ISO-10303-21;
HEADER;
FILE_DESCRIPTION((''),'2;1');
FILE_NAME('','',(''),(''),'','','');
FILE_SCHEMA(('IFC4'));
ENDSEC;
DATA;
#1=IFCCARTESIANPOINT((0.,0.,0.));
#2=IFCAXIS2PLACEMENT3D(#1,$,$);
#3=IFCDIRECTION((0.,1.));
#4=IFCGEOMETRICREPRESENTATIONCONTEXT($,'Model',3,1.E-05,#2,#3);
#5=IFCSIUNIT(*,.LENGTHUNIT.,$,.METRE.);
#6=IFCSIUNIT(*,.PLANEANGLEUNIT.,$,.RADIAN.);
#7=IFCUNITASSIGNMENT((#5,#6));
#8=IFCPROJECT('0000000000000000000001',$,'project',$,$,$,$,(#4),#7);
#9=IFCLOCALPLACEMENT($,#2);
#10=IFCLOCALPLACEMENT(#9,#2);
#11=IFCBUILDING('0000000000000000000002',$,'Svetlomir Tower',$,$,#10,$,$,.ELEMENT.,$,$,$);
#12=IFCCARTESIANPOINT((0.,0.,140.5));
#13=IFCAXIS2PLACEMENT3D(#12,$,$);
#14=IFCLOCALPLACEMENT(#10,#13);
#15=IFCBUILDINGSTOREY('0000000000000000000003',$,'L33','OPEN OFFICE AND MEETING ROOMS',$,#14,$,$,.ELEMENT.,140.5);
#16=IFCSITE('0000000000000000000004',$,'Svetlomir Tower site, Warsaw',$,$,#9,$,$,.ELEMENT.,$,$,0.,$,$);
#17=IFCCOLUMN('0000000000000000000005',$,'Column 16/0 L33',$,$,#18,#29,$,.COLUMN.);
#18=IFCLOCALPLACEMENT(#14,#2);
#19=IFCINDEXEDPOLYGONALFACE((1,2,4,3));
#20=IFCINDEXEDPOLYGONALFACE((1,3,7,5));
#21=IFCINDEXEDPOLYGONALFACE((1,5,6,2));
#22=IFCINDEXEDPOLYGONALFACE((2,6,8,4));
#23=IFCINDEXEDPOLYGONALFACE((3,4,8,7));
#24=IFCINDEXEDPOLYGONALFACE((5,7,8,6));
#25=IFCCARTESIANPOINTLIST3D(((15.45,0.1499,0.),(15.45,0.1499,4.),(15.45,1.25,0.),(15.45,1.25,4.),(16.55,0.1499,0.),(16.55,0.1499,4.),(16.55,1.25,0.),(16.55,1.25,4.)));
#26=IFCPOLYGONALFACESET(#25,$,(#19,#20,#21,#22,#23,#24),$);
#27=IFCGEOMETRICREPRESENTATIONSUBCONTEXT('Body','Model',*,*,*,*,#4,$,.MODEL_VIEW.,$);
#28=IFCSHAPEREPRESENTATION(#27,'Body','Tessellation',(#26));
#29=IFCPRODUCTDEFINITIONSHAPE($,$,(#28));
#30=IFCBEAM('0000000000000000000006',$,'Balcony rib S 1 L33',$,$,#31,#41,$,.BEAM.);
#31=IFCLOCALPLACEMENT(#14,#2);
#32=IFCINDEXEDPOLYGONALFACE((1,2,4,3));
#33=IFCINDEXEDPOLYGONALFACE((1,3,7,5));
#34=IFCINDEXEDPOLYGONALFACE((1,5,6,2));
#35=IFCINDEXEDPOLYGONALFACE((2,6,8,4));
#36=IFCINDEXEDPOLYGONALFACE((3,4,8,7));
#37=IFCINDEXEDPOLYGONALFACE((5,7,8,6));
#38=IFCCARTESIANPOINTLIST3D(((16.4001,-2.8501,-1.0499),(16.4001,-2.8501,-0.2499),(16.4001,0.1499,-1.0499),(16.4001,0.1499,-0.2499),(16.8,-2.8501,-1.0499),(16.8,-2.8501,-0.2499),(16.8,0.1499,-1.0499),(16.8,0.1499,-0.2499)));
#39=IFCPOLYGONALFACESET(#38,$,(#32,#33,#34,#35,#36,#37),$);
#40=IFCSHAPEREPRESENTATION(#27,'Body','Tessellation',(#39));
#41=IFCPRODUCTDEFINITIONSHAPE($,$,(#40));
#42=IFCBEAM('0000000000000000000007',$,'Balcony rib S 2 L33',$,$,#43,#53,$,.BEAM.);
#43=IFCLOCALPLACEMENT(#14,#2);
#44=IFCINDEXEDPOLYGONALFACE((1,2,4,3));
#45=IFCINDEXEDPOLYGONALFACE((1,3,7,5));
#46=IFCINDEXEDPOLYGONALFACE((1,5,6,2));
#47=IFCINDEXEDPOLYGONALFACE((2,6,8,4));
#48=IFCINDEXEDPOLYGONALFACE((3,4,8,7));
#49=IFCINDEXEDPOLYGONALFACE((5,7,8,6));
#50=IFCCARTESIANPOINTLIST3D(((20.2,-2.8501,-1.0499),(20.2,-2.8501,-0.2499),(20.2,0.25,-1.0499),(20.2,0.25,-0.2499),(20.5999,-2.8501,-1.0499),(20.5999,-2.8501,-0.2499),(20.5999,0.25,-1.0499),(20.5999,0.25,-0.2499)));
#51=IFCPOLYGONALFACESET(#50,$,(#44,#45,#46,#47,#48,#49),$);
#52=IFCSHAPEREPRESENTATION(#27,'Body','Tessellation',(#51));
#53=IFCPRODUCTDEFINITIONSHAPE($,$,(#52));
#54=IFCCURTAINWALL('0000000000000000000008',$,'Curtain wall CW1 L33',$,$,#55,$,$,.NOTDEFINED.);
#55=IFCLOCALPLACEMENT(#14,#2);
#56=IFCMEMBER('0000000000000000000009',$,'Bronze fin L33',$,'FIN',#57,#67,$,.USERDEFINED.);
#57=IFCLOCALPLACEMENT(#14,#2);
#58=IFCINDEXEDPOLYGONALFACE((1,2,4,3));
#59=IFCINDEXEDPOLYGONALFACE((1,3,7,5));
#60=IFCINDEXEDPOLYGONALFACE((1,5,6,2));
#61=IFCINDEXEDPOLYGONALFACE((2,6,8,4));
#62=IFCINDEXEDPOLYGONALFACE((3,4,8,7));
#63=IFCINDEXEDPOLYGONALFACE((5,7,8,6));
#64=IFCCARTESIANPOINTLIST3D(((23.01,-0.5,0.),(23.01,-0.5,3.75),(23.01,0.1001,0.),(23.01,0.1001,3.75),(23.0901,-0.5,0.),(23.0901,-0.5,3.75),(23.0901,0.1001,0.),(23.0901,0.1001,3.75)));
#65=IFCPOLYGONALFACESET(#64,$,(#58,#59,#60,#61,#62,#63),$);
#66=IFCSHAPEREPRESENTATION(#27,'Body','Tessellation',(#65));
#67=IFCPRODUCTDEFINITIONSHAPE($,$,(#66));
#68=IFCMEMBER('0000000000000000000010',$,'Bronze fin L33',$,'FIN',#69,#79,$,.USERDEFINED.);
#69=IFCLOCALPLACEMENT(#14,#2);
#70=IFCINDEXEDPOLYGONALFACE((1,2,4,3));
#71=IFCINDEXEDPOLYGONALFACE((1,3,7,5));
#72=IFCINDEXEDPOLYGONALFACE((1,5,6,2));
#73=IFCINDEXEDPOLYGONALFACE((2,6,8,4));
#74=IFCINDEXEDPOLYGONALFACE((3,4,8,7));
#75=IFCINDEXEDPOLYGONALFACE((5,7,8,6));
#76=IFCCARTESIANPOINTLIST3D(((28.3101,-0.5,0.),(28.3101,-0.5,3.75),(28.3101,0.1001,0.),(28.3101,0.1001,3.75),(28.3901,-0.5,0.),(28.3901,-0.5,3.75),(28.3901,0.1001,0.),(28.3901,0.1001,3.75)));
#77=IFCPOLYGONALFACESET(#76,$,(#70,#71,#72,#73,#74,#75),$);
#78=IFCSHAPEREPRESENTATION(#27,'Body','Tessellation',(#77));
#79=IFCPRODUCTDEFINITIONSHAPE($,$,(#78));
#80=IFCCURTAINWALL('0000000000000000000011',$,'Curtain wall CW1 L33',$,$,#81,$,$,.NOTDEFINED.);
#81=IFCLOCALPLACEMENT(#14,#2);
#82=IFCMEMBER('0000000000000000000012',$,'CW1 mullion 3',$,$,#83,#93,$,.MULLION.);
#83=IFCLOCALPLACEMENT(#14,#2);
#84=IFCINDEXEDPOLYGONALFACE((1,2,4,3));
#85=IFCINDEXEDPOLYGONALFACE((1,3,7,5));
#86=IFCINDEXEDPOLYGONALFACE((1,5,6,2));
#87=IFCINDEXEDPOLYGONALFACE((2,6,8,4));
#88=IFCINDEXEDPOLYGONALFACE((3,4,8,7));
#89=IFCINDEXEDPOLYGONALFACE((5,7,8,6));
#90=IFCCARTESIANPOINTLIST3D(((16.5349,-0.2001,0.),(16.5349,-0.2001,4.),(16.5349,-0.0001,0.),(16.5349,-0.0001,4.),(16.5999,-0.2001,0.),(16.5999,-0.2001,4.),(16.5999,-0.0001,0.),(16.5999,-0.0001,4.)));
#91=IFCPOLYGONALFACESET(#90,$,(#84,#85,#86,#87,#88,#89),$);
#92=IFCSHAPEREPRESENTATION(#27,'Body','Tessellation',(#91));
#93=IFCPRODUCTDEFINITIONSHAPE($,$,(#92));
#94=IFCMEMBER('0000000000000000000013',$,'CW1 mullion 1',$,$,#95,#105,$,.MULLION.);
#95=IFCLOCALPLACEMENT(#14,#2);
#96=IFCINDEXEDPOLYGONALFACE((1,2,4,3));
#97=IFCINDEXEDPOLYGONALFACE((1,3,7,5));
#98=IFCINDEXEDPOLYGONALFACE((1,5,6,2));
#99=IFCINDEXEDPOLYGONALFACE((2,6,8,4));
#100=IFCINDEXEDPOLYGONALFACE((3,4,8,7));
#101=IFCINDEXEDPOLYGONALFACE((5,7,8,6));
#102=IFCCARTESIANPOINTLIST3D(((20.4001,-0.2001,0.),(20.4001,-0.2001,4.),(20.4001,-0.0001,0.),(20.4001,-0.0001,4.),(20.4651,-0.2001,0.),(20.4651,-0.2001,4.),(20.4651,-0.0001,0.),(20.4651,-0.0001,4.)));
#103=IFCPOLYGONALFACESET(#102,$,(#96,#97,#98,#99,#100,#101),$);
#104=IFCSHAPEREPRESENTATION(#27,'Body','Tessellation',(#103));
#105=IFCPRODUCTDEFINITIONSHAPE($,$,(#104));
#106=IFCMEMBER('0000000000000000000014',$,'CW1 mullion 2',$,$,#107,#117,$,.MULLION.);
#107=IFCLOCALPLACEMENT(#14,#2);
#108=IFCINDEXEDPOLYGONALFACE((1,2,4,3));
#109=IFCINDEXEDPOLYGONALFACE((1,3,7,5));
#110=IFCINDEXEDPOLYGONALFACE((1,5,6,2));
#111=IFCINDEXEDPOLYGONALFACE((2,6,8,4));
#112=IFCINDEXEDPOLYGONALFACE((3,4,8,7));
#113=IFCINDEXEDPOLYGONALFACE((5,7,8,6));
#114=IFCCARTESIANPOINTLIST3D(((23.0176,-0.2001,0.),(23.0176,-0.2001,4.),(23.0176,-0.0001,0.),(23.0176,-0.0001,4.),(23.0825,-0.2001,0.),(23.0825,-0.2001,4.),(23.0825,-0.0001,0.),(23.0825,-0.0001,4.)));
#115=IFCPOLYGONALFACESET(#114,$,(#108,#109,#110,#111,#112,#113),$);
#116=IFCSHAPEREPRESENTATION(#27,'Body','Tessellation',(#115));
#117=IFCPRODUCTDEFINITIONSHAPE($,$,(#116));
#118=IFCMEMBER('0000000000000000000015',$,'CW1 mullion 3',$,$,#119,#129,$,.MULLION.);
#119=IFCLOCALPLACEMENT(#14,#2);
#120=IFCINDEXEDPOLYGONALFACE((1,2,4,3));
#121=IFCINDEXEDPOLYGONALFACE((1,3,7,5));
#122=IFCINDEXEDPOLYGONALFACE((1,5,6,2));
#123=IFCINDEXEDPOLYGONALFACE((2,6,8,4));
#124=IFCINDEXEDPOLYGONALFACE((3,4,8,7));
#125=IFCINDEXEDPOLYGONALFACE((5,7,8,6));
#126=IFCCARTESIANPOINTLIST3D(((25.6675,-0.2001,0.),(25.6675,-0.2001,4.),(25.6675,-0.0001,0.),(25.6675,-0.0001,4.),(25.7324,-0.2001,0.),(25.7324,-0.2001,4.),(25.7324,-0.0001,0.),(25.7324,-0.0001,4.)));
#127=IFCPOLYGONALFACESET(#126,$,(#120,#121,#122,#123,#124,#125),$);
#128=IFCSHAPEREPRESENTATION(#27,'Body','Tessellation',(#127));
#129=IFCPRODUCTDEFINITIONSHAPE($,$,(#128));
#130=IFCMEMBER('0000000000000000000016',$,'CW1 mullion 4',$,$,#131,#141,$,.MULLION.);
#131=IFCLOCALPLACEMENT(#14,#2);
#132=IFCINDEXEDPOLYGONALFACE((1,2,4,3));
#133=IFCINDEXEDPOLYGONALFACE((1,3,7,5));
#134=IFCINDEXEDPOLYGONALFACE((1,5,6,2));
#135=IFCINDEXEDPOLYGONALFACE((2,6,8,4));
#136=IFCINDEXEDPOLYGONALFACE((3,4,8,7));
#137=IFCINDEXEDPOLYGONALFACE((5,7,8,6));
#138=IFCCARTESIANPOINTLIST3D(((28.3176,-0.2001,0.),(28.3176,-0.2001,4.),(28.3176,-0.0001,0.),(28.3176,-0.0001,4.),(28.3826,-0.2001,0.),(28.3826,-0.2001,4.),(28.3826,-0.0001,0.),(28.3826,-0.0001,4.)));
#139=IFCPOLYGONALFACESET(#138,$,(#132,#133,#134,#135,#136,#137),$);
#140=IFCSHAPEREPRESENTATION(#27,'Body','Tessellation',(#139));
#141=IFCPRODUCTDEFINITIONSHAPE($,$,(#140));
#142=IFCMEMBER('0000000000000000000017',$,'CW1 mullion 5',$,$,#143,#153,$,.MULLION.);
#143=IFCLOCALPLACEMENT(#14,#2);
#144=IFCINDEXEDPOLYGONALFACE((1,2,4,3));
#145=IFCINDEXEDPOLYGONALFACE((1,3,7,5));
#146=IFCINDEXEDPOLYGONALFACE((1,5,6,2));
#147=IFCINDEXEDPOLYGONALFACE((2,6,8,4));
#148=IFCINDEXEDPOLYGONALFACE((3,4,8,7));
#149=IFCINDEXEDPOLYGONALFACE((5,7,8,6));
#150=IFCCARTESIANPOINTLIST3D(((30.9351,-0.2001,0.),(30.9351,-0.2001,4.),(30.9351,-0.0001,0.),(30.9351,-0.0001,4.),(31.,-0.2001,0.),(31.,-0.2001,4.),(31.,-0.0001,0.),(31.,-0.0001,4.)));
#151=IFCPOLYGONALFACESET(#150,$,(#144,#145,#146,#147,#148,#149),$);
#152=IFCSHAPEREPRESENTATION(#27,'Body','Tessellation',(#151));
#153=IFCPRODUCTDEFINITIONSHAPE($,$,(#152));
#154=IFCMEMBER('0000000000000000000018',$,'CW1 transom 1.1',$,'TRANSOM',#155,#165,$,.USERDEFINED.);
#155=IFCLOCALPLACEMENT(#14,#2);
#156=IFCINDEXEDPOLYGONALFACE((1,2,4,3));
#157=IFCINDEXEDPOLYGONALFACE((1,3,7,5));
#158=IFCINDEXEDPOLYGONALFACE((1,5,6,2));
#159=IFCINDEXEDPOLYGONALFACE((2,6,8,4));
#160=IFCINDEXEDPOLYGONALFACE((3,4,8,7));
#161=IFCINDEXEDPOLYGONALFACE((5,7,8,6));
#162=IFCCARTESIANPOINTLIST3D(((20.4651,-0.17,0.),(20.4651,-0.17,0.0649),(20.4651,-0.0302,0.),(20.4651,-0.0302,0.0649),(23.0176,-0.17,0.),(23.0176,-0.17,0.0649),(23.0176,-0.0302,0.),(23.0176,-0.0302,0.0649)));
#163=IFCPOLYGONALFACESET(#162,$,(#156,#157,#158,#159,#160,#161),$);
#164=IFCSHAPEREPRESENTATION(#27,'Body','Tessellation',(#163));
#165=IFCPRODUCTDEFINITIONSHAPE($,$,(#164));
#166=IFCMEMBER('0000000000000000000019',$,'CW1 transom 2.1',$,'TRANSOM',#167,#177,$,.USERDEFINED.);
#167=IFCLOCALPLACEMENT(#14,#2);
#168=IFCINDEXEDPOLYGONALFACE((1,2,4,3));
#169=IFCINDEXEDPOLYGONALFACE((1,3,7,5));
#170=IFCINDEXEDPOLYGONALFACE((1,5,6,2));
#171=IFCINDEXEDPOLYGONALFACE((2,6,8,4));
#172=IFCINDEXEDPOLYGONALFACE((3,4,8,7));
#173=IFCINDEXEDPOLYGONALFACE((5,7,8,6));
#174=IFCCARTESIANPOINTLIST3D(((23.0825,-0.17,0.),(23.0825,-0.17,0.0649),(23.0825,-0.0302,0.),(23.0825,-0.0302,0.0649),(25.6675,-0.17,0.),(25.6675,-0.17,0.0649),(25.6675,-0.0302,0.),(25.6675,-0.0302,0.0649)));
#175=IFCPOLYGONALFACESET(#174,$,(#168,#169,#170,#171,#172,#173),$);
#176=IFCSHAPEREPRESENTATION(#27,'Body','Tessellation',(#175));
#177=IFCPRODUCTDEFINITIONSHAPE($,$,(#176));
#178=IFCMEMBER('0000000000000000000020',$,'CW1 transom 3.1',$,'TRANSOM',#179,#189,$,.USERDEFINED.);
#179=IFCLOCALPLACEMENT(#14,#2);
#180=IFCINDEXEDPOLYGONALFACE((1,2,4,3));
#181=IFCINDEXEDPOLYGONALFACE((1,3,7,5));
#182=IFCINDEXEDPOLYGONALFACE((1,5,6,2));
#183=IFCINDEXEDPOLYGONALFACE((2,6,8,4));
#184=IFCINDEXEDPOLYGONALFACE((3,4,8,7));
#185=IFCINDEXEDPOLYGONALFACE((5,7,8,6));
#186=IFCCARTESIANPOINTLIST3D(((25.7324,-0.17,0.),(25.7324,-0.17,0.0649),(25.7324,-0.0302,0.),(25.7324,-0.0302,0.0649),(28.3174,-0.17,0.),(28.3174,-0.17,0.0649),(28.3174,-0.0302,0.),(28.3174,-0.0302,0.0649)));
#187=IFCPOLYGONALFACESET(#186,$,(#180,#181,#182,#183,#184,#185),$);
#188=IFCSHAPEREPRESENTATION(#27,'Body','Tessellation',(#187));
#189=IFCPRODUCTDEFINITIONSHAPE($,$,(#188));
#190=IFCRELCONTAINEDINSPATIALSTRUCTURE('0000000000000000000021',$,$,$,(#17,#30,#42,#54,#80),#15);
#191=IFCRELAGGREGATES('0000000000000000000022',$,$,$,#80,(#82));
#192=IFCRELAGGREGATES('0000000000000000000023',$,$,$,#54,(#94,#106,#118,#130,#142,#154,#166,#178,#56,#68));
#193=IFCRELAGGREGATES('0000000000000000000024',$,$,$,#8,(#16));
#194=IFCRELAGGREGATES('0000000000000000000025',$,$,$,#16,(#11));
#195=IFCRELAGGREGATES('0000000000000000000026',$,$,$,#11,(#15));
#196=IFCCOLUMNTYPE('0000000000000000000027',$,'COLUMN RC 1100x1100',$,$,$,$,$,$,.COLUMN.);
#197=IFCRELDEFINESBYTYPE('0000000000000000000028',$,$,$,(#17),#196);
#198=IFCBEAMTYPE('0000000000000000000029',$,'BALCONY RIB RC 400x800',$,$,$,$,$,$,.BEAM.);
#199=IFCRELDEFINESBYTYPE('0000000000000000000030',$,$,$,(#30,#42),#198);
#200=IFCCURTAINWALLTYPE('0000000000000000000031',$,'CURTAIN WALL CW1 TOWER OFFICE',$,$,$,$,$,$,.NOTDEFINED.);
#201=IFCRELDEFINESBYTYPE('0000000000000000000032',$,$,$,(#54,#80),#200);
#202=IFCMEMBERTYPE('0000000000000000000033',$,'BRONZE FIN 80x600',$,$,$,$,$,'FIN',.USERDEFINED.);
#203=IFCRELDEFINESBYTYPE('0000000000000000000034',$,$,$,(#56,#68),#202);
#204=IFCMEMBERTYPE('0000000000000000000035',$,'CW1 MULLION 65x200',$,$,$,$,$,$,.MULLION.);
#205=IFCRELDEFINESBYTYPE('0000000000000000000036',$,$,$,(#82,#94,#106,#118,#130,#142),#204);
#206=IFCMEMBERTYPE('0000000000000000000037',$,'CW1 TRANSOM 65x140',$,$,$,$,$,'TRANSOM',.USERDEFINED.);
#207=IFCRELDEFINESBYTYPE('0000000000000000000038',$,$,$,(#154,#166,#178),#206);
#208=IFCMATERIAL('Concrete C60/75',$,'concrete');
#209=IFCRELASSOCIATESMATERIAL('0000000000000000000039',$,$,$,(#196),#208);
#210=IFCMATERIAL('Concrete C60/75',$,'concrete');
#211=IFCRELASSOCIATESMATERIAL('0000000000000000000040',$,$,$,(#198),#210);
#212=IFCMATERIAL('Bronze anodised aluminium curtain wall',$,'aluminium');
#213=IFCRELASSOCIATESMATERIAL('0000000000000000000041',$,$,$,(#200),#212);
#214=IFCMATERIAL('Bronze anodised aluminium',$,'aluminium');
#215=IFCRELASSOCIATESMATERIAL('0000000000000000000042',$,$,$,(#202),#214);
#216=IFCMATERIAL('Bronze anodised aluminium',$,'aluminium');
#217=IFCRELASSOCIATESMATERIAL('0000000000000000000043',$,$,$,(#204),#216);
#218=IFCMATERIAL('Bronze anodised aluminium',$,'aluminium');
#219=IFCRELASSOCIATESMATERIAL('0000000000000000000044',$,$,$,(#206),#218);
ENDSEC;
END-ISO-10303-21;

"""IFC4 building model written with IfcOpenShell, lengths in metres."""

from ifc_helpers import new_model, si_unit, direction, frame, origin, origin_2d, place, context, subcontext, project, spatial, rectangle, extrude, material, material_profile, profile_set, type_object, element, aggregate, save


model = new_model("IFC4")

# Units and contexts
model_context = context("Model", 3, precision=1e-05, world=origin(), true_north=direction((0.0, 1.0)))
body_context = subcontext(model_context, "Body", "Model", "MODEL_VIEW")
ifc_project = project(units=[si_unit("LENGTHUNIT", "METRE"), si_unit("PLANEANGLEUNIT", "RADIAN")], contexts=[model_context])

# Site, building, storey
site_placement = place(None, origin())
site = spatial("IfcSite", under=ifc_project, at=site_placement, Name="Svetlomir Tower site, Warsaw", CompositionType="ELEMENT", RefElevation=0.0)
building_placement = place(site_placement, origin())
building = spatial("IfcBuilding", under=site, at=building_placement, Name="Svetlomir Tower", CompositionType="ELEMENT")
storey_placement = place(building_placement, frame((0.0, 0.0, 140.5)))
storey = spatial("IfcBuildingStorey", under=building, at=storey_placement, Name="L33", Description="OPEN OFFICE AND MEETING ROOMS", CompositionType="ELEMENT", Elevation=140.5)

# Column
ifc_material_1 = material(Name="Concrete C60/75", Category="concrete")
ifc_material_profile_1 = material_profile(ifc_material_1, rectangle(XDim=1.1001, YDim=1.1001, at=origin_2d()), Name="RC 1100x1100")
ifc_profile_set_1 = profile_set([ifc_material_profile_1], Name="Concrete C60/75")
column_type = type_object("IfcColumnType", Name="COLUMN RC 1100x1100", PredefinedType="COLUMN", material=ifc_profile_set_1)
column_placement = place(storey_placement, frame((16.0, 0.7, 0.0), z_axis=(0.0, 0.0, 1.0), x_axis=(1.0, 0.0, 0.0)))
element("IfcColumn", 1, at=column_placement, inside=storey, type_object=column_type, Name="Column 16/0 L33", PredefinedType="COLUMN", context=body_context, shape_type="SweptSolid", body=[
    extrude(rectangle(XDim=1.1001, YDim=1.1001, at=origin_2d()), origin(), (0.0, 0.0, 1.0), 4.0),
])

# Beams
ifc_material_2 = material(Name="Concrete C60/75", Category="concrete")
ifc_material_profile_2 = material_profile(ifc_material_2, rectangle(XDim=0.3999, YDim=0.8, at=origin_2d()), Name="RC 400x800")
ifc_profile_set_2 = profile_set([ifc_material_profile_2], Name="Concrete C60/75")
beam_type_1 = type_object("IfcBeamType", Name="BALCONY RIB RC 400x800", PredefinedType="BEAM", material=ifc_profile_set_2)
beam_1_placement = place(storey_placement, frame((16.6001, 0.1499, -0.6499), z_axis=(0.0, -1.0, 0.0), x_axis=(1.0, 0.0, 0.0)))
element("IfcBeam", 2, at=beam_1_placement, inside=storey, type_object=beam_type_1, Name="Balcony rib S 1 L33", PredefinedType="BEAM", context=body_context, shape_type="SweptSolid", body=[
    extrude(rectangle(XDim=0.3999, YDim=0.8, at=origin_2d()), origin(), (0.0, 0.0, 1.0), 3.0),
])
beam_2_placement = place(storey_placement, frame((20.3999, 0.25, -0.6499), z_axis=(0.0, -1.0, 0.0), x_axis=(1.0, 0.0, 0.0)))
element("IfcBeam", 3, at=beam_2_placement, inside=storey, type_object=beam_type_1, Name="Balcony rib S 2 L33", PredefinedType="BEAM", context=body_context, shape_type="SweptSolid", body=[
    extrude(rectangle(XDim=0.3999, YDim=0.8, at=origin_2d()), origin(), (0.0, 0.0, 1.0), 3.1001),
])

# Curtain wall, members
ifc_material_3 = material(Name="Bronze anodised aluminium curtain wall", Category="aluminium")
curtain_wall_type = type_object("IfcCurtainWallType", Name="CURTAIN WALL CW1 TOWER OFFICE", PredefinedType="NOTDEFINED", material=ifc_material_3)
curtain_wall_1_placement = place(storey_placement, origin())
curtain_wall_1 = element("IfcCurtainWall", 4, at=curtain_wall_1_placement, inside=storey, type_object=curtain_wall_type, Name="Curtain wall CW1 L33", PredefinedType="NOTDEFINED")
ifc_material_4 = material(Name="Bronze anodised aluminium", Category="aluminium")
ifc_material_profile_3 = material_profile(ifc_material_4, rectangle(XDim=0.0801, YDim=0.6001, at=origin_2d()), Name="FIN 80x600")
ifc_profile_set_3 = profile_set([ifc_material_profile_3], Name="Bronze anodised aluminium 6063-T6")
member_type_1 = type_object("IfcMemberType", Name="BRONZE FIN 80x600", ElementType="FIN", PredefinedType="USERDEFINED", material=ifc_profile_set_3)
member_1_placement = place(storey_placement, frame((23.05, -0.2, 0.0), z_axis=(0.0, 0.0, 1.0), x_axis=(1.0, 0.0, 0.0)))
member_1 = element("IfcMember", 5, at=member_1_placement, type_object=member_type_1, Name="Bronze fin L33", ObjectType="FIN", PredefinedType="USERDEFINED", context=body_context, shape_type="SweptSolid", body=[
    extrude(rectangle(XDim=0.0801, YDim=0.6001, at=origin_2d()), origin(), (0.0, 0.0, 1.0), 3.75),
])
member_2_placement = place(storey_placement, frame((28.3501, -0.2, 0.0), z_axis=(0.0, 0.0, 1.0), x_axis=(1.0, 0.0, 0.0)))
member_2 = element("IfcMember", 6, at=member_2_placement, type_object=member_type_1, Name="Bronze fin L33", ObjectType="FIN", PredefinedType="USERDEFINED", context=body_context, shape_type="SweptSolid", body=[
    extrude(rectangle(XDim=0.0801, YDim=0.6001, at=origin_2d()), origin(), (0.0, 0.0, 1.0), 3.75),
])

# Curtain wall, member
curtain_wall_2_placement = place(storey_placement, origin())
curtain_wall_2 = element("IfcCurtainWall", 7, at=curtain_wall_2_placement, inside=storey, type_object=curtain_wall_type, Name="Curtain wall CW1 L33", PredefinedType="NOTDEFINED")
ifc_material_5 = material(Name="Bronze anodised aluminium", Category="aluminium")
ifc_material_profile_4 = material_profile(ifc_material_5, rectangle(XDim=0.0649, YDim=0.2, at=origin_2d()), Name="AL 65x200")
ifc_profile_set_4 = profile_set([ifc_material_profile_4], Name="Bronze anodised aluminium 6063-T6")
member_type_2 = type_object("IfcMemberType", Name="CW1 MULLION 65x200", PredefinedType="MULLION", material=ifc_profile_set_4)
member_3_placement = place(storey_placement, frame((16.5674, -0.1001, 0.0), z_axis=(0.0, 0.0, 1.0), x_axis=(1.0, 0.0, 0.0)))
member_3 = element("IfcMember", 8, at=member_3_placement, type_object=member_type_2, Name="CW1 mullion 3", PredefinedType="MULLION", context=body_context, shape_type="SweptSolid", body=[
    extrude(rectangle(XDim=0.0649, YDim=0.2, at=origin_2d()), origin(), (0.0, 0.0, 1.0), 4.0),
])

# Members
member_4_placement = place(storey_placement, frame((20.4326, -0.1001, 0.0), z_axis=(0.0, 0.0, 1.0), x_axis=(1.0, 0.0, 0.0)))
member_4 = element("IfcMember", 9, at=member_4_placement, type_object=member_type_2, Name="CW1 mullion 1", PredefinedType="MULLION", context=body_context, shape_type="SweptSolid", body=[
    extrude(rectangle(XDim=0.0649, YDim=0.2, at=origin_2d()), origin(), (0.0, 0.0, 1.0), 4.0),
])
member_5_placement = place(storey_placement, frame((23.05, -0.1001, 0.0), z_axis=(0.0, 0.0, 1.0), x_axis=(1.0, 0.0, 0.0)))
member_5 = element("IfcMember", 10, at=member_5_placement, type_object=member_type_2, Name="CW1 mullion 2", PredefinedType="MULLION", context=body_context, shape_type="SweptSolid", body=[
    extrude(rectangle(XDim=0.0649, YDim=0.2, at=origin_2d()), origin(), (0.0, 0.0, 1.0), 4.0),
])
member_6_placement = place(storey_placement, frame((25.7, -0.1001, 0.0), z_axis=(0.0, 0.0, 1.0), x_axis=(1.0, 0.0, 0.0)))
member_6 = element("IfcMember", 11, at=member_6_placement, type_object=member_type_2, Name="CW1 mullion 3", PredefinedType="MULLION", context=body_context, shape_type="SweptSolid", body=[
    extrude(rectangle(XDim=0.0649, YDim=0.2, at=origin_2d()), origin(), (0.0, 0.0, 1.0), 4.0),
])
member_7_placement = place(storey_placement, frame((28.3501, -0.1001, 0.0), z_axis=(0.0, 0.0, 1.0), x_axis=(1.0, 0.0, 0.0)))
member_7 = element("IfcMember", 12, at=member_7_placement, type_object=member_type_2, Name="CW1 mullion 4", PredefinedType="MULLION", context=body_context, shape_type="SweptSolid", body=[
    extrude(rectangle(XDim=0.0649, YDim=0.2, at=origin_2d()), origin(), (0.0, 0.0, 1.0), 4.0),
])
member_8_placement = place(storey_placement, frame((30.9675, -0.1001, 0.0), z_axis=(0.0, 0.0, 1.0), x_axis=(1.0, 0.0, 0.0)))
member_8 = element("IfcMember", 13, at=member_8_placement, type_object=member_type_2, Name="CW1 mullion 5", PredefinedType="MULLION", context=body_context, shape_type="SweptSolid", body=[
    extrude(rectangle(XDim=0.0649, YDim=0.2, at=origin_2d()), origin(), (0.0, 0.0, 1.0), 4.0),
])
ifc_material_6 = material(Name="Bronze anodised aluminium", Category="aluminium")
ifc_material_profile_5 = material_profile(ifc_material_6, rectangle(XDim=0.1399, YDim=0.0649, at=origin_2d()), Name="AL 140x65")
ifc_profile_set_5 = profile_set([ifc_material_profile_5], Name="Bronze anodised aluminium 6063-T6")
member_type_3 = type_object("IfcMemberType", Name="CW1 TRANSOM 65x140", ElementType="TRANSOM", PredefinedType="USERDEFINED", material=ifc_profile_set_5)
member_9_placement = place(storey_placement, frame((20.4651, -0.1001, 0.0325), z_axis=(1.0, 0.0, 0.0), x_axis=(0.0, 1.0, 0.0)))
member_9 = element("IfcMember", 14, at=member_9_placement, type_object=member_type_3, Name="CW1 transom 1.1", ObjectType="TRANSOM", PredefinedType="USERDEFINED", context=body_context, shape_type="SweptSolid", body=[
    extrude(rectangle(XDim=0.1399, YDim=0.0649, at=origin_2d()), origin(), (0.0, 0.0, 1.0), 2.5525),
])
member_10_placement = place(storey_placement, frame((23.0825, -0.1001, 0.0325), z_axis=(1.0, 0.0, 0.0), x_axis=(0.0, 1.0, 0.0)))
member_10 = element("IfcMember", 15, at=member_10_placement, type_object=member_type_3, Name="CW1 transom 2.1", ObjectType="TRANSOM", PredefinedType="USERDEFINED", context=body_context, shape_type="SweptSolid", body=[
    extrude(rectangle(XDim=0.1399, YDim=0.0649, at=origin_2d()), origin(), (0.0, 0.0, 1.0), 2.585),
])
member_11_placement = place(storey_placement, frame((25.7324, -0.1001, 0.0325), z_axis=(1.0, 0.0, 0.0), x_axis=(0.0, 1.0, 0.0)))
member_11 = element("IfcMember", 16, at=member_11_placement, type_object=member_type_3, Name="CW1 transom 3.1", ObjectType="TRANSOM", PredefinedType="USERDEFINED", context=body_context, shape_type="SweptSolid", body=[
    extrude(rectangle(XDim=0.1399, YDim=0.0649, at=origin_2d()), origin(), (0.0, 0.0, 1.0), 2.585),
])

aggregate(curtain_wall_2, [member_3])
aggregate(curtain_wall_1, [member_4, member_5, member_6, member_7, member_8, member_9, member_10, member_11, member_1, member_2])

save(model, "model.ifc")
